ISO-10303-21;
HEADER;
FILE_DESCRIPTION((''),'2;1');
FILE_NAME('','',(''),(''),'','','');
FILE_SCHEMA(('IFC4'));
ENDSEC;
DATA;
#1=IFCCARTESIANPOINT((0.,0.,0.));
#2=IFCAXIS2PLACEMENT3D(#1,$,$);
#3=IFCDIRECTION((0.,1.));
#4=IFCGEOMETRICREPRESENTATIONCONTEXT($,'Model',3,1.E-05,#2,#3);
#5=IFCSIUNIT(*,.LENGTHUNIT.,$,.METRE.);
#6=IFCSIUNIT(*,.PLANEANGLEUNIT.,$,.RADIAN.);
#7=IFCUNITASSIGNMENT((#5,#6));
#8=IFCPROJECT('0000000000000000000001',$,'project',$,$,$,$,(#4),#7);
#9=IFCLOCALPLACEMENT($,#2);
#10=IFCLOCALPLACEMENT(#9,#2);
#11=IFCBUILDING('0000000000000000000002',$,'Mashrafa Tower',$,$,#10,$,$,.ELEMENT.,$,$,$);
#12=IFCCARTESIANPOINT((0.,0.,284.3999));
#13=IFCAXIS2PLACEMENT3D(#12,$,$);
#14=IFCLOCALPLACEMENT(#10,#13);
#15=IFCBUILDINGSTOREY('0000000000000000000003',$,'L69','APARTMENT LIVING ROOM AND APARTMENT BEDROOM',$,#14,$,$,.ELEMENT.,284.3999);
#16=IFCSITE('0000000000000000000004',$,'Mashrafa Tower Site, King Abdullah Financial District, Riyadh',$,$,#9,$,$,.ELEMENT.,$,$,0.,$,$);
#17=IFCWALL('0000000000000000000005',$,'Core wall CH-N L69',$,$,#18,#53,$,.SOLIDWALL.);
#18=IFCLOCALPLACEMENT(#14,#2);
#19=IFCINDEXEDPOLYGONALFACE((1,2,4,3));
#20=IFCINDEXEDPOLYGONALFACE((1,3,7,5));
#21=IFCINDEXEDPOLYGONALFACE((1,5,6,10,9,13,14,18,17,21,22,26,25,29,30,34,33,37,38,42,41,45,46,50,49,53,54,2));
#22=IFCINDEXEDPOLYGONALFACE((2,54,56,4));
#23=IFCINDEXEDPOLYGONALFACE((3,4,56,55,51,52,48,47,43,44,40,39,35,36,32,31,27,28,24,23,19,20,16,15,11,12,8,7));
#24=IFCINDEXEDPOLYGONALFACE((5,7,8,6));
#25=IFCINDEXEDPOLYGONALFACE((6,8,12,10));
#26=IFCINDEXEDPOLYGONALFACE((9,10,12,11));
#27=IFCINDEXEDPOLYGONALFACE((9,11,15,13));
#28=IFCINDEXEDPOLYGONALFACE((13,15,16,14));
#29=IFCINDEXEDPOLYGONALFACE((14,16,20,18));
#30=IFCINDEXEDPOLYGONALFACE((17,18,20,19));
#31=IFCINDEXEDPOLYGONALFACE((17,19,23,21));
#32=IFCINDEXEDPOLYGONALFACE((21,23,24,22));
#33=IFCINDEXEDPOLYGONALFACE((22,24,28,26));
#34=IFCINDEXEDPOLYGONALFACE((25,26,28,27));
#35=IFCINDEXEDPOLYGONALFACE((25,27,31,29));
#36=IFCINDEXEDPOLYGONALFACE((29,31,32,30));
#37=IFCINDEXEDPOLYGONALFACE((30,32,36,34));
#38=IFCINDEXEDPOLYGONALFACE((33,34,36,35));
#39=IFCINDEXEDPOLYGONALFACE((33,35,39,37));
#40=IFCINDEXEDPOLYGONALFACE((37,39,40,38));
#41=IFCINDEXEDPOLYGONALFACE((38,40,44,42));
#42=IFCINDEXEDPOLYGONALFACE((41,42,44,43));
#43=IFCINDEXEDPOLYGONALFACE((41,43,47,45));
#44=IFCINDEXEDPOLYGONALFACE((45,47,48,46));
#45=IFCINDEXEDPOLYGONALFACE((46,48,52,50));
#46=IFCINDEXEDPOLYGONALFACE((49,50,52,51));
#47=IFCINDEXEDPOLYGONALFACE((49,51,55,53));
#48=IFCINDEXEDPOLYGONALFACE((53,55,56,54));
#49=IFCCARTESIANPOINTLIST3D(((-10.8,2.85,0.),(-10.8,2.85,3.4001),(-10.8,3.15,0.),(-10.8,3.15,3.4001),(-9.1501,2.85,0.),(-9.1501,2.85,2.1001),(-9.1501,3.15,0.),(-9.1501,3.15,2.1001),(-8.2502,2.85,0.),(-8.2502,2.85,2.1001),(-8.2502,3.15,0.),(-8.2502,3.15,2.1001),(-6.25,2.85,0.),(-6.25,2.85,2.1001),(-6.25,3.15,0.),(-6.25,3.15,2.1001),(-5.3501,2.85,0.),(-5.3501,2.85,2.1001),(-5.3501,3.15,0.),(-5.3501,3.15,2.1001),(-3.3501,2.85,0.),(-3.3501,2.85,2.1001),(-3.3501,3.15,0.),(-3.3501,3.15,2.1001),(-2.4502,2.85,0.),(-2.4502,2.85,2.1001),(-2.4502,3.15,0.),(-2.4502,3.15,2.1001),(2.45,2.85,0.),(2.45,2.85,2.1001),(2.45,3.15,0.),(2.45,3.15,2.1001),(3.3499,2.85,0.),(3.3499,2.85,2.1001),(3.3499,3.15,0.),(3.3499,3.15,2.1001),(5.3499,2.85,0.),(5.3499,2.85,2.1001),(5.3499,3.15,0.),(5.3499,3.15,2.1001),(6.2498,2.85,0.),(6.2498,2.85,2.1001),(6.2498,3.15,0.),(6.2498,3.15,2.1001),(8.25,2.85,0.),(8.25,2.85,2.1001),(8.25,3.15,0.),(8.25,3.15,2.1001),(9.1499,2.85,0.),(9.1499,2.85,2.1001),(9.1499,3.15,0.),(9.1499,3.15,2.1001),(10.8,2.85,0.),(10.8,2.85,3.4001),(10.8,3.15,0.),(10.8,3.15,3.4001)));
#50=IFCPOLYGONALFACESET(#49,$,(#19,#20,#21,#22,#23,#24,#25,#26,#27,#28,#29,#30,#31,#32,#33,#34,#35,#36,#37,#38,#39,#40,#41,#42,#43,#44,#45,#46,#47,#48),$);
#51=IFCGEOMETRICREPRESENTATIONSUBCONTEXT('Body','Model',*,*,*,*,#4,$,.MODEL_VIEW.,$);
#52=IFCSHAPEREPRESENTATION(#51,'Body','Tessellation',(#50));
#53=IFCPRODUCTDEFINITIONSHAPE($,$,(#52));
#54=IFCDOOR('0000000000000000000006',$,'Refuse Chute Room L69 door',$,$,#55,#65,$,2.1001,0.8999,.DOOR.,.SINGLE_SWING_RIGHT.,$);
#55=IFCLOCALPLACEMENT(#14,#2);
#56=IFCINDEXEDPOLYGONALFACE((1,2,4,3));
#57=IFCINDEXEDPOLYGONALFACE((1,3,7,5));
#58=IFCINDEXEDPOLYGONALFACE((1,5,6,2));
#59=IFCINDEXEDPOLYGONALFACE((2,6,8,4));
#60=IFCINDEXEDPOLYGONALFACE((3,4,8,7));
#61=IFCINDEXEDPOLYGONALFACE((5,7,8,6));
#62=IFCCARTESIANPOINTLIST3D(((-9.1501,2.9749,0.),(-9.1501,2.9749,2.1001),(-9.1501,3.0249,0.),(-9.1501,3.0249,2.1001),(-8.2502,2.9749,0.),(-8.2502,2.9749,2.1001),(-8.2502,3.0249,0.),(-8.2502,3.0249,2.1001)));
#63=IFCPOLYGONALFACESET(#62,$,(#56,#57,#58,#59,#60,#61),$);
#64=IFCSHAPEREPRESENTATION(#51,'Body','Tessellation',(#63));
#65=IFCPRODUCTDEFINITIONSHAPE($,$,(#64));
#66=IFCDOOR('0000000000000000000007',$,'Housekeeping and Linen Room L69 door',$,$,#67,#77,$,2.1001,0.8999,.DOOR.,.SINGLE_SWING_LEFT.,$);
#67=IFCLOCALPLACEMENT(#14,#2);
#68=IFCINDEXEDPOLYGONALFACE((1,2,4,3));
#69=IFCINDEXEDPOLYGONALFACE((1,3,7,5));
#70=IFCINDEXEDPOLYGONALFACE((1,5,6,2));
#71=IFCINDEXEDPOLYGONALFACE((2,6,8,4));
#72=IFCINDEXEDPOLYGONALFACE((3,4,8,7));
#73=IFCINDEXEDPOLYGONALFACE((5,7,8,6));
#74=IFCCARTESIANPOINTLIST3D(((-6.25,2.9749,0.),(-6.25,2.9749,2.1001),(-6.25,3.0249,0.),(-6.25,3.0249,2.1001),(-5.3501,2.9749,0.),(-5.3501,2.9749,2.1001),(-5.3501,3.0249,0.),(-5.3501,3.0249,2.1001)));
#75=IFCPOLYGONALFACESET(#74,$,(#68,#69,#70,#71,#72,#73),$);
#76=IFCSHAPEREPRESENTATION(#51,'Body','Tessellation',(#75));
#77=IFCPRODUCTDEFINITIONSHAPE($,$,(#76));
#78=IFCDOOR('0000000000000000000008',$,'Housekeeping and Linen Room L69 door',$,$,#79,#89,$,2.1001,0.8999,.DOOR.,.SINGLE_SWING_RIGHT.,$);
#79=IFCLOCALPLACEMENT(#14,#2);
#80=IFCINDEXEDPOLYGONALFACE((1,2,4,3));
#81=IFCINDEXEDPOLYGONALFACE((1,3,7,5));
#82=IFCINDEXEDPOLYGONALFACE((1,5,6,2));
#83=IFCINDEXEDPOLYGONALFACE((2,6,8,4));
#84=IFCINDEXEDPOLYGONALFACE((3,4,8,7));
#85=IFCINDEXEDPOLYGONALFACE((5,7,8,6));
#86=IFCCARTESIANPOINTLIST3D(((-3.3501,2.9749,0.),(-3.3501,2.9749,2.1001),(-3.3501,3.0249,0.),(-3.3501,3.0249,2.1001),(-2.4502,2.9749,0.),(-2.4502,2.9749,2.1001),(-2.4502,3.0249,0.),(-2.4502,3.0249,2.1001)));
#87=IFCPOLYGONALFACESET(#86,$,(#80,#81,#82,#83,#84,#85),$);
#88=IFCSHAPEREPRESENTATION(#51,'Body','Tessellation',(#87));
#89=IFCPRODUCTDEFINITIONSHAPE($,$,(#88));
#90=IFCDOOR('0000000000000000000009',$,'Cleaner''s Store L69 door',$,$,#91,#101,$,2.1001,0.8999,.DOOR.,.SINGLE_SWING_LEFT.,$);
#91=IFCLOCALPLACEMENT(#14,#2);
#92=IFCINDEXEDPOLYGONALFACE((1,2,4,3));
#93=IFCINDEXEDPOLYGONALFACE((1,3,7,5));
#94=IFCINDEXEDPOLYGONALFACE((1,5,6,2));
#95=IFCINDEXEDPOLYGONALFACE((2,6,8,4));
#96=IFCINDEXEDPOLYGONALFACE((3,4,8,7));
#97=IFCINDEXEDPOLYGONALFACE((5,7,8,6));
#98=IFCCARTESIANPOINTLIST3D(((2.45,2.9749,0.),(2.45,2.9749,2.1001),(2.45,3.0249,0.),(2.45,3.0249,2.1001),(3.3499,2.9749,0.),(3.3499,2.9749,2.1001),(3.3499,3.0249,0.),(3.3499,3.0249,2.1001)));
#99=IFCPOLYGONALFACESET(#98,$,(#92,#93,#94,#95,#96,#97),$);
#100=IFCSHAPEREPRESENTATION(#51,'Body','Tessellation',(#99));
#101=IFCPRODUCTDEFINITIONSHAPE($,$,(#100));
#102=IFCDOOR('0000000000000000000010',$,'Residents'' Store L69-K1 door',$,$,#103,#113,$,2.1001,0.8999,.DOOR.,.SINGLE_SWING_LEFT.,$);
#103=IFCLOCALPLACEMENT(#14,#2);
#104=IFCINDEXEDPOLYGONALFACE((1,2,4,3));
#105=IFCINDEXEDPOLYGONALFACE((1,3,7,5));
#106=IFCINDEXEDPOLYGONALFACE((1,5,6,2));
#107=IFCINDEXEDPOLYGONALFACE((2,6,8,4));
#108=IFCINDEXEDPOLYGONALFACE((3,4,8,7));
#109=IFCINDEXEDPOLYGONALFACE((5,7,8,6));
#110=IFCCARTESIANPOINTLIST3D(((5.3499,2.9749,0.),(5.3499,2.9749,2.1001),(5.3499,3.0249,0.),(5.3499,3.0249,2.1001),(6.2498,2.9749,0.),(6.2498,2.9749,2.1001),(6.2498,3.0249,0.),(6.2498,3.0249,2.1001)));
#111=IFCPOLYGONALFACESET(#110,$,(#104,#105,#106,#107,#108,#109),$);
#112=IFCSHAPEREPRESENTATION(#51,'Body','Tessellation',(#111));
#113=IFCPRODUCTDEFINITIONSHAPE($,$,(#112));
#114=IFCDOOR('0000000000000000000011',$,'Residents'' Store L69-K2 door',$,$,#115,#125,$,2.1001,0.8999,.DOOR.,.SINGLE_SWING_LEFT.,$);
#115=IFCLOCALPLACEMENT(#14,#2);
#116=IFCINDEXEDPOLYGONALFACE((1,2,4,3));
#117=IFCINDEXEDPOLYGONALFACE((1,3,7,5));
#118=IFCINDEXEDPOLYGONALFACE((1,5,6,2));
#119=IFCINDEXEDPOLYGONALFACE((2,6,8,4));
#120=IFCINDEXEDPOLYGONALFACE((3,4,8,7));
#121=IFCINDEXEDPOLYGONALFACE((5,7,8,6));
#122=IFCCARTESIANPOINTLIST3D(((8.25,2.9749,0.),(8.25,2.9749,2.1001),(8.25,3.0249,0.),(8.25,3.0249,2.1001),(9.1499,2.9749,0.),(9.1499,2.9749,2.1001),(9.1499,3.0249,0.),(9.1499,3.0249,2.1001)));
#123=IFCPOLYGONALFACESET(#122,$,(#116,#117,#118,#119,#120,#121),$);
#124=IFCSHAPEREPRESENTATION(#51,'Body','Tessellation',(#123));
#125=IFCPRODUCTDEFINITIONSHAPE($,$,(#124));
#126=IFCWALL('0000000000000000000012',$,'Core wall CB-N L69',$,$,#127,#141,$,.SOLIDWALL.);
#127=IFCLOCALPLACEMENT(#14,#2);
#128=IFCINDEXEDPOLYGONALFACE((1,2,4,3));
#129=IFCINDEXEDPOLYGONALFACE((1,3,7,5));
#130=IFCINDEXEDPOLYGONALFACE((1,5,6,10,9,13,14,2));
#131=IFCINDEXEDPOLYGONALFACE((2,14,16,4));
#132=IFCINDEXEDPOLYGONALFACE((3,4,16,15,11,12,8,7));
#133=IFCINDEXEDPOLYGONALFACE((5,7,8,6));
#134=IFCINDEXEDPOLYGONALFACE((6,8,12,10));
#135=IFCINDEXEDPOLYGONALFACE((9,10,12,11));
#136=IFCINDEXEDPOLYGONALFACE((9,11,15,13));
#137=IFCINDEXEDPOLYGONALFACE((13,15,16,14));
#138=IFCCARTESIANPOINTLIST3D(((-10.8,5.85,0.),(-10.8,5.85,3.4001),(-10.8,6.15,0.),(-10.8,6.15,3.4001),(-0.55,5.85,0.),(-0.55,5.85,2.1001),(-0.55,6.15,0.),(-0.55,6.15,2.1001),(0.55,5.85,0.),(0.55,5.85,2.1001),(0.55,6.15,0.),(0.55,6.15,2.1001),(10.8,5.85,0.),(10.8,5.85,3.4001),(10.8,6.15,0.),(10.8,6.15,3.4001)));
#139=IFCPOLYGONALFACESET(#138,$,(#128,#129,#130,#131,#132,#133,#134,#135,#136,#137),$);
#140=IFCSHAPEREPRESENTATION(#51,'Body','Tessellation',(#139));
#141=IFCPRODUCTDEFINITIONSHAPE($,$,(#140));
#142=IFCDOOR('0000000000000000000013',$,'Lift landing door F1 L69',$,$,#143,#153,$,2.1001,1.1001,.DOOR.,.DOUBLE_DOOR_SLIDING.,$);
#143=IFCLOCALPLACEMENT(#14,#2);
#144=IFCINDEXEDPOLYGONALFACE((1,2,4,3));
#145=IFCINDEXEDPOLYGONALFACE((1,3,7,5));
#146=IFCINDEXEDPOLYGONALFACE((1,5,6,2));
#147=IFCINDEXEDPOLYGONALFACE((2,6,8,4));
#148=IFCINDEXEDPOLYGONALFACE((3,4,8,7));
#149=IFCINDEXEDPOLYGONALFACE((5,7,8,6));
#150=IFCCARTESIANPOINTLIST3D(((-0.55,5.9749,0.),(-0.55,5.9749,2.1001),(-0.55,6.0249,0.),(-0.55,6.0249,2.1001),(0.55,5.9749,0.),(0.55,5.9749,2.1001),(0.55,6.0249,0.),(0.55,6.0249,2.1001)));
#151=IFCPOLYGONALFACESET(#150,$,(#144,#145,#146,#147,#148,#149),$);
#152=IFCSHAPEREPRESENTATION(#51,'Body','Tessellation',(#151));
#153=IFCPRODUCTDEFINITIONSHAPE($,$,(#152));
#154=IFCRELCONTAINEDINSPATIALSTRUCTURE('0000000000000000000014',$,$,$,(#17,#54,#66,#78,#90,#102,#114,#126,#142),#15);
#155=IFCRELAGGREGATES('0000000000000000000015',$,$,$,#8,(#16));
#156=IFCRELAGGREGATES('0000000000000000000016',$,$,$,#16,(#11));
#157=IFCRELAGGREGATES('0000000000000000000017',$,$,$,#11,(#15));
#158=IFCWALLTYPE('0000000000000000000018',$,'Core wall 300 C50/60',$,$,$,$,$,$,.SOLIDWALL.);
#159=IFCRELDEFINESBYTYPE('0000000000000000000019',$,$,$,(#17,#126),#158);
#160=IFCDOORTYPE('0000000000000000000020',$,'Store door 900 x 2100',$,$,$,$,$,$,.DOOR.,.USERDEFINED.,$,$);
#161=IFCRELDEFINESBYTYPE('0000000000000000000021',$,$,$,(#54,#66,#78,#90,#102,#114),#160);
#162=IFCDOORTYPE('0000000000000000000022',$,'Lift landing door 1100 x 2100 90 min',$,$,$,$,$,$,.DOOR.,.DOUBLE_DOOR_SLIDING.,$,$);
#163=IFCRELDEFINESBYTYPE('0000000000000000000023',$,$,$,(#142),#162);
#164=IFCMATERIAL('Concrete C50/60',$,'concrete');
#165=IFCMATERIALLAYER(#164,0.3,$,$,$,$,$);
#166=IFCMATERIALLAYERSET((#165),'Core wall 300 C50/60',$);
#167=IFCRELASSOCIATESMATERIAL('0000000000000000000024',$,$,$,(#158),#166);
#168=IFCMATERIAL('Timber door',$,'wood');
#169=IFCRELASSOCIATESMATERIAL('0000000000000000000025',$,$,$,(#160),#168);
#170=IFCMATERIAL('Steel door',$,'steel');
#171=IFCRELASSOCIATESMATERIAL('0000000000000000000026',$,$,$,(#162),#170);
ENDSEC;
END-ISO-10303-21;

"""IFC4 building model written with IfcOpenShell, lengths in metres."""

from ifc_helpers import new_model, si_unit, direction, frame, frame_2d, origin, place, context, subcontext, project, spatial, rectangle, extrude, material, layer, layer_set, type_object, element, fill, save


model = new_model("IFC4")

# Units and contexts
model_context = context("Model", 3, precision=1e-05, world=origin(), true_north=direction((0.0, 1.0)))
body_context = subcontext(model_context, "Body", "Model", "MODEL_VIEW")
ifc_project = project(units=[si_unit("LENGTHUNIT", "METRE"), si_unit("PLANEANGLEUNIT", "RADIAN")], contexts=[model_context])

# Site, building, storey
site_placement = place(None, origin())
site = spatial("IfcSite", under=ifc_project, at=site_placement, Name="Mashrafa Tower Site, King Abdullah Financial District, Riyadh", CompositionType="ELEMENT", RefElevation=0.0)
building_placement = place(site_placement, origin())
building = spatial("IfcBuilding", under=site, at=building_placement, Name="Mashrafa Tower", CompositionType="ELEMENT")
storey_placement = place(building_placement, frame((0.0, 0.0, 284.3999)))
storey = spatial("IfcBuildingStorey", under=building, at=storey_placement, Name="L69", Description="APARTMENT LIVING ROOM AND APARTMENT BEDROOM", CompositionType="ELEMENT", Elevation=284.3999)

# Wall, openings, doors
ifc_material_1 = material(Name="Concrete C50/60", Category="concrete")
ifc_layer_1 = layer(ifc_material_1, 0.3)
ifc_layer_set_1 = layer_set([ifc_layer_1], Name="Core wall 300 C50/60")
wall_type_1 = type_object("IfcWallType", Name="Core wall 300 C50/60", PredefinedType="SOLIDWALL", material=ifc_layer_set_1)
wall_1_placement = place(storey_placement, frame((-10.8, 3.0, 0.0), z_axis=(0.0, 0.0, 1.0), x_axis=(1.0, 0.0, 0.0)))
wall_1 = element("IfcWall", 1, at=wall_1_placement, inside=storey, type_object=wall_type_1, Name="Core wall CH-N L69", PredefinedType="SOLIDWALL", context=body_context, shape_type="SweptSolid", body=[
    extrude(rectangle(XDim=21.6001, YDim=0.3, at=frame_2d((10.8, 0.0))), origin(), (0.0, 0.0, 1.0), 3.4001),
])
opening_1_placement = place(wall_1_placement, frame((1.6499, 0.0, 0.0)))
opening_1 = element("IfcOpeningElement", 2, at=opening_1_placement, cuts=wall_1, PredefinedType="OPENING", context=body_context, shape_type="SweptSolid", body=[
    extrude(rectangle(XDim=0.8999, YDim=2.1001, at=frame_2d((0.45, 1.05))), frame((0.0, 0.1599, 0.0), z_axis=(0.0, -1.0, 0.0), x_axis=(1.0, 0.0, 0.0)), (0.0, 0.0, 1.0), 0.3201),
])
opening_2_placement = place(wall_1_placement, frame((4.55, 0.0, 0.0)))
opening_2 = element("IfcOpeningElement", 3, at=opening_2_placement, cuts=wall_1, PredefinedType="OPENING", context=body_context, shape_type="SweptSolid", body=[
    extrude(rectangle(XDim=0.8999, YDim=2.1001, at=frame_2d((0.45, 1.05))), frame((0.0, 0.1599, 0.0), z_axis=(0.0, -1.0, 0.0), x_axis=(1.0, 0.0, 0.0)), (0.0, 0.0, 1.0), 0.3201),
])
opening_3_placement = place(wall_1_placement, frame((7.45, 0.0, 0.0)))
opening_3 = element("IfcOpeningElement", 4, at=opening_3_placement, cuts=wall_1, PredefinedType="OPENING", context=body_context, shape_type="SweptSolid", body=[
    extrude(rectangle(XDim=0.8999, YDim=2.1001, at=frame_2d((0.45, 1.05))), frame((0.0, 0.1599, 0.0), z_axis=(0.0, -1.0, 0.0), x_axis=(1.0, 0.0, 0.0)), (0.0, 0.0, 1.0), 0.3201),
])
opening_4_placement = place(wall_1_placement, frame((13.25, 0.0, 0.0)))
opening_4 = element("IfcOpeningElement", 5, at=opening_4_placement, cuts=wall_1, PredefinedType="OPENING", context=body_context, shape_type="SweptSolid", body=[
    extrude(rectangle(XDim=0.8999, YDim=2.1001, at=frame_2d((0.45, 1.05))), frame((0.0, 0.1599, 0.0), z_axis=(0.0, -1.0, 0.0), x_axis=(1.0, 0.0, 0.0)), (0.0, 0.0, 1.0), 0.3201),
])
opening_5_placement = place(wall_1_placement, frame((16.1499, 0.0, 0.0)))
opening_5 = element("IfcOpeningElement", 6, at=opening_5_placement, cuts=wall_1, PredefinedType="OPENING", context=body_context, shape_type="SweptSolid", body=[
    extrude(rectangle(XDim=0.8999, YDim=2.1001, at=frame_2d((0.45, 1.05))), frame((0.0, 0.1599, 0.0), z_axis=(0.0, -1.0, 0.0), x_axis=(1.0, 0.0, 0.0)), (0.0, 0.0, 1.0), 0.3201),
])
opening_6_placement = place(wall_1_placement, frame((19.05, 0.0, 0.0)))
opening_6 = element("IfcOpeningElement", 7, at=opening_6_placement, cuts=wall_1, PredefinedType="OPENING", context=body_context, shape_type="SweptSolid", body=[
    extrude(rectangle(XDim=0.8999, YDim=2.1001, at=frame_2d((0.45, 1.05))), frame((0.0, 0.1599, 0.0), z_axis=(0.0, -1.0, 0.0), x_axis=(1.0, 0.0, 0.0)), (0.0, 0.0, 1.0), 0.3201),
])
ifc_material_2 = material(Name="Timber door", Category="wood")
door_type_1 = type_object("IfcDoorType", Name="Store door 900 x 2100", OperationType="USERDEFINED", PredefinedType="DOOR", material=ifc_material_2)
door_1_placement = place(opening_1_placement, origin())
door_1 = element("IfcDoor", 8, at=door_1_placement, inside=storey, type_object=door_type_1, Name="Refuse Chute Room L69 door", OperationType="SINGLE_SWING_RIGHT", OverallHeight=2.1001, OverallWidth=0.8999, PredefinedType="DOOR", context=body_context, shape_type="SweptSolid", body=[
    extrude(rectangle(XDim=0.8999, YDim=2.1001, at=frame_2d((0.45, 1.05))), frame((0.0, 0.0249, 0.0), z_axis=(0.0, -1.0, 0.0), x_axis=(1.0, 0.0, 0.0)), (0.0, 0.0, 1.0), 0.05),
])
fill(opening_1, door_1)
door_2_placement = place(opening_2_placement, origin())
door_2 = element("IfcDoor", 9, at=door_2_placement, inside=storey, type_object=door_type_1, Name="Housekeeping and Linen Room L69 door", OperationType="SINGLE_SWING_LEFT", OverallHeight=2.1001, OverallWidth=0.8999, PredefinedType="DOOR", context=body_context, shape_type="SweptSolid", body=[
    extrude(rectangle(XDim=0.8999, YDim=2.1001, at=frame_2d((0.45, 1.05))), frame((0.0, 0.0249, 0.0), z_axis=(0.0, -1.0, 0.0), x_axis=(1.0, 0.0, 0.0)), (0.0, 0.0, 1.0), 0.05),
])
fill(opening_2, door_2)
door_3_placement = place(opening_3_placement, origin())
door_3 = element("IfcDoor", 10, at=door_3_placement, inside=storey, type_object=door_type_1, Name="Housekeeping and Linen Room L69 door", OperationType="SINGLE_SWING_RIGHT", OverallHeight=2.1001, OverallWidth=0.8999, PredefinedType="DOOR", context=body_context, shape_type="SweptSolid", body=[
    extrude(rectangle(XDim=0.8999, YDim=2.1001, at=frame_2d((0.45, 1.05))), frame((0.0, 0.0249, 0.0), z_axis=(0.0, -1.0, 0.0), x_axis=(1.0, 0.0, 0.0)), (0.0, 0.0, 1.0), 0.05),
])
fill(opening_3, door_3)
door_4_placement = place(opening_4_placement, origin())
door_4 = element("IfcDoor", 11, at=door_4_placement, inside=storey, type_object=door_type_1, Name="Cleaner's Store L69 door", OperationType="SINGLE_SWING_LEFT", OverallHeight=2.1001, OverallWidth=0.8999, PredefinedType="DOOR", context=body_context, shape_type="SweptSolid", body=[
    extrude(rectangle(XDim=0.8999, YDim=2.1001, at=frame_2d((0.45, 1.05))), frame((0.0, 0.0249, 0.0), z_axis=(0.0, -1.0, 0.0), x_axis=(1.0, 0.0, 0.0)), (0.0, 0.0, 1.0), 0.05),
])
fill(opening_4, door_4)
door_5_placement = place(opening_5_placement, origin())
door_5 = element("IfcDoor", 12, at=door_5_placement, inside=storey, type_object=door_type_1, Name="Residents' Store L69-K1 door", OperationType="SINGLE_SWING_LEFT", OverallHeight=2.1001, OverallWidth=0.8999, PredefinedType="DOOR", context=body_context, shape_type="SweptSolid", body=[
    extrude(rectangle(XDim=0.8999, YDim=2.1001, at=frame_2d((0.45, 1.05))), frame((0.0, 0.0249, 0.0), z_axis=(0.0, -1.0, 0.0), x_axis=(1.0, 0.0, 0.0)), (0.0, 0.0, 1.0), 0.05),
])
fill(opening_5, door_5)
door_6_placement = place(opening_6_placement, origin())
door_6 = element("IfcDoor", 13, at=door_6_placement, inside=storey, type_object=door_type_1, Name="Residents' Store L69-K2 door", OperationType="SINGLE_SWING_LEFT", OverallHeight=2.1001, OverallWidth=0.8999, PredefinedType="DOOR", context=body_context, shape_type="SweptSolid", body=[
    extrude(rectangle(XDim=0.8999, YDim=2.1001, at=frame_2d((0.45, 1.05))), frame((0.0, 0.0249, 0.0), z_axis=(0.0, -1.0, 0.0), x_axis=(1.0, 0.0, 0.0)), (0.0, 0.0, 1.0), 0.05),
])
fill(opening_6, door_6)

# Wall, opening, door
wall_2_placement = place(storey_placement, frame((-10.8, 6.0, 0.0), z_axis=(0.0, 0.0, 1.0), x_axis=(1.0, 0.0, 0.0)))
wall_2 = element("IfcWall", 14, at=wall_2_placement, inside=storey, type_object=wall_type_1, Name="Core wall CB-N L69", PredefinedType="SOLIDWALL", context=body_context, shape_type="SweptSolid", body=[
    extrude(rectangle(XDim=21.6001, YDim=0.3, at=frame_2d((10.8, 0.0))), origin(), (0.0, 0.0, 1.0), 3.4001),
])
opening_7_placement = place(wall_2_placement, frame((10.25, 0.0, 0.0)))
opening_7 = element("IfcOpeningElement", 15, at=opening_7_placement, cuts=wall_2, PredefinedType="OPENING", context=body_context, shape_type="SweptSolid", body=[
    extrude(rectangle(XDim=1.1001, YDim=2.1001, at=frame_2d((0.55, 1.05))), frame((0.0, 0.1599, 0.0), z_axis=(0.0, -1.0, 0.0), x_axis=(1.0, 0.0, 0.0)), (0.0, 0.0, 1.0), 0.3201),
])
ifc_material_3 = material(Name="Steel door", Category="steel")
door_type_2 = type_object("IfcDoorType", Name="Lift landing door 1100 x 2100 90 min", OperationType="DOUBLE_DOOR_SLIDING", PredefinedType="DOOR", material=ifc_material_3)
door_7_placement = place(opening_7_placement, origin())
door_7 = element("IfcDoor", 16, at=door_7_placement, inside=storey, type_object=door_type_2, Name="Lift landing door F1 L69", OperationType="DOUBLE_DOOR_SLIDING", OverallHeight=2.1001, OverallWidth=1.1001, PredefinedType="DOOR", context=body_context, shape_type="SweptSolid", body=[
    extrude(rectangle(XDim=1.1001, YDim=2.1001, at=frame_2d((0.55, 1.05))), frame((0.0, 0.0249, 0.0), z_axis=(0.0, -1.0, 0.0), x_axis=(1.0, 0.0, 0.0)), (0.0, 0.0, 1.0), 0.05),
])
fill(opening_7, door_7)

save(model, "model.ifc")
